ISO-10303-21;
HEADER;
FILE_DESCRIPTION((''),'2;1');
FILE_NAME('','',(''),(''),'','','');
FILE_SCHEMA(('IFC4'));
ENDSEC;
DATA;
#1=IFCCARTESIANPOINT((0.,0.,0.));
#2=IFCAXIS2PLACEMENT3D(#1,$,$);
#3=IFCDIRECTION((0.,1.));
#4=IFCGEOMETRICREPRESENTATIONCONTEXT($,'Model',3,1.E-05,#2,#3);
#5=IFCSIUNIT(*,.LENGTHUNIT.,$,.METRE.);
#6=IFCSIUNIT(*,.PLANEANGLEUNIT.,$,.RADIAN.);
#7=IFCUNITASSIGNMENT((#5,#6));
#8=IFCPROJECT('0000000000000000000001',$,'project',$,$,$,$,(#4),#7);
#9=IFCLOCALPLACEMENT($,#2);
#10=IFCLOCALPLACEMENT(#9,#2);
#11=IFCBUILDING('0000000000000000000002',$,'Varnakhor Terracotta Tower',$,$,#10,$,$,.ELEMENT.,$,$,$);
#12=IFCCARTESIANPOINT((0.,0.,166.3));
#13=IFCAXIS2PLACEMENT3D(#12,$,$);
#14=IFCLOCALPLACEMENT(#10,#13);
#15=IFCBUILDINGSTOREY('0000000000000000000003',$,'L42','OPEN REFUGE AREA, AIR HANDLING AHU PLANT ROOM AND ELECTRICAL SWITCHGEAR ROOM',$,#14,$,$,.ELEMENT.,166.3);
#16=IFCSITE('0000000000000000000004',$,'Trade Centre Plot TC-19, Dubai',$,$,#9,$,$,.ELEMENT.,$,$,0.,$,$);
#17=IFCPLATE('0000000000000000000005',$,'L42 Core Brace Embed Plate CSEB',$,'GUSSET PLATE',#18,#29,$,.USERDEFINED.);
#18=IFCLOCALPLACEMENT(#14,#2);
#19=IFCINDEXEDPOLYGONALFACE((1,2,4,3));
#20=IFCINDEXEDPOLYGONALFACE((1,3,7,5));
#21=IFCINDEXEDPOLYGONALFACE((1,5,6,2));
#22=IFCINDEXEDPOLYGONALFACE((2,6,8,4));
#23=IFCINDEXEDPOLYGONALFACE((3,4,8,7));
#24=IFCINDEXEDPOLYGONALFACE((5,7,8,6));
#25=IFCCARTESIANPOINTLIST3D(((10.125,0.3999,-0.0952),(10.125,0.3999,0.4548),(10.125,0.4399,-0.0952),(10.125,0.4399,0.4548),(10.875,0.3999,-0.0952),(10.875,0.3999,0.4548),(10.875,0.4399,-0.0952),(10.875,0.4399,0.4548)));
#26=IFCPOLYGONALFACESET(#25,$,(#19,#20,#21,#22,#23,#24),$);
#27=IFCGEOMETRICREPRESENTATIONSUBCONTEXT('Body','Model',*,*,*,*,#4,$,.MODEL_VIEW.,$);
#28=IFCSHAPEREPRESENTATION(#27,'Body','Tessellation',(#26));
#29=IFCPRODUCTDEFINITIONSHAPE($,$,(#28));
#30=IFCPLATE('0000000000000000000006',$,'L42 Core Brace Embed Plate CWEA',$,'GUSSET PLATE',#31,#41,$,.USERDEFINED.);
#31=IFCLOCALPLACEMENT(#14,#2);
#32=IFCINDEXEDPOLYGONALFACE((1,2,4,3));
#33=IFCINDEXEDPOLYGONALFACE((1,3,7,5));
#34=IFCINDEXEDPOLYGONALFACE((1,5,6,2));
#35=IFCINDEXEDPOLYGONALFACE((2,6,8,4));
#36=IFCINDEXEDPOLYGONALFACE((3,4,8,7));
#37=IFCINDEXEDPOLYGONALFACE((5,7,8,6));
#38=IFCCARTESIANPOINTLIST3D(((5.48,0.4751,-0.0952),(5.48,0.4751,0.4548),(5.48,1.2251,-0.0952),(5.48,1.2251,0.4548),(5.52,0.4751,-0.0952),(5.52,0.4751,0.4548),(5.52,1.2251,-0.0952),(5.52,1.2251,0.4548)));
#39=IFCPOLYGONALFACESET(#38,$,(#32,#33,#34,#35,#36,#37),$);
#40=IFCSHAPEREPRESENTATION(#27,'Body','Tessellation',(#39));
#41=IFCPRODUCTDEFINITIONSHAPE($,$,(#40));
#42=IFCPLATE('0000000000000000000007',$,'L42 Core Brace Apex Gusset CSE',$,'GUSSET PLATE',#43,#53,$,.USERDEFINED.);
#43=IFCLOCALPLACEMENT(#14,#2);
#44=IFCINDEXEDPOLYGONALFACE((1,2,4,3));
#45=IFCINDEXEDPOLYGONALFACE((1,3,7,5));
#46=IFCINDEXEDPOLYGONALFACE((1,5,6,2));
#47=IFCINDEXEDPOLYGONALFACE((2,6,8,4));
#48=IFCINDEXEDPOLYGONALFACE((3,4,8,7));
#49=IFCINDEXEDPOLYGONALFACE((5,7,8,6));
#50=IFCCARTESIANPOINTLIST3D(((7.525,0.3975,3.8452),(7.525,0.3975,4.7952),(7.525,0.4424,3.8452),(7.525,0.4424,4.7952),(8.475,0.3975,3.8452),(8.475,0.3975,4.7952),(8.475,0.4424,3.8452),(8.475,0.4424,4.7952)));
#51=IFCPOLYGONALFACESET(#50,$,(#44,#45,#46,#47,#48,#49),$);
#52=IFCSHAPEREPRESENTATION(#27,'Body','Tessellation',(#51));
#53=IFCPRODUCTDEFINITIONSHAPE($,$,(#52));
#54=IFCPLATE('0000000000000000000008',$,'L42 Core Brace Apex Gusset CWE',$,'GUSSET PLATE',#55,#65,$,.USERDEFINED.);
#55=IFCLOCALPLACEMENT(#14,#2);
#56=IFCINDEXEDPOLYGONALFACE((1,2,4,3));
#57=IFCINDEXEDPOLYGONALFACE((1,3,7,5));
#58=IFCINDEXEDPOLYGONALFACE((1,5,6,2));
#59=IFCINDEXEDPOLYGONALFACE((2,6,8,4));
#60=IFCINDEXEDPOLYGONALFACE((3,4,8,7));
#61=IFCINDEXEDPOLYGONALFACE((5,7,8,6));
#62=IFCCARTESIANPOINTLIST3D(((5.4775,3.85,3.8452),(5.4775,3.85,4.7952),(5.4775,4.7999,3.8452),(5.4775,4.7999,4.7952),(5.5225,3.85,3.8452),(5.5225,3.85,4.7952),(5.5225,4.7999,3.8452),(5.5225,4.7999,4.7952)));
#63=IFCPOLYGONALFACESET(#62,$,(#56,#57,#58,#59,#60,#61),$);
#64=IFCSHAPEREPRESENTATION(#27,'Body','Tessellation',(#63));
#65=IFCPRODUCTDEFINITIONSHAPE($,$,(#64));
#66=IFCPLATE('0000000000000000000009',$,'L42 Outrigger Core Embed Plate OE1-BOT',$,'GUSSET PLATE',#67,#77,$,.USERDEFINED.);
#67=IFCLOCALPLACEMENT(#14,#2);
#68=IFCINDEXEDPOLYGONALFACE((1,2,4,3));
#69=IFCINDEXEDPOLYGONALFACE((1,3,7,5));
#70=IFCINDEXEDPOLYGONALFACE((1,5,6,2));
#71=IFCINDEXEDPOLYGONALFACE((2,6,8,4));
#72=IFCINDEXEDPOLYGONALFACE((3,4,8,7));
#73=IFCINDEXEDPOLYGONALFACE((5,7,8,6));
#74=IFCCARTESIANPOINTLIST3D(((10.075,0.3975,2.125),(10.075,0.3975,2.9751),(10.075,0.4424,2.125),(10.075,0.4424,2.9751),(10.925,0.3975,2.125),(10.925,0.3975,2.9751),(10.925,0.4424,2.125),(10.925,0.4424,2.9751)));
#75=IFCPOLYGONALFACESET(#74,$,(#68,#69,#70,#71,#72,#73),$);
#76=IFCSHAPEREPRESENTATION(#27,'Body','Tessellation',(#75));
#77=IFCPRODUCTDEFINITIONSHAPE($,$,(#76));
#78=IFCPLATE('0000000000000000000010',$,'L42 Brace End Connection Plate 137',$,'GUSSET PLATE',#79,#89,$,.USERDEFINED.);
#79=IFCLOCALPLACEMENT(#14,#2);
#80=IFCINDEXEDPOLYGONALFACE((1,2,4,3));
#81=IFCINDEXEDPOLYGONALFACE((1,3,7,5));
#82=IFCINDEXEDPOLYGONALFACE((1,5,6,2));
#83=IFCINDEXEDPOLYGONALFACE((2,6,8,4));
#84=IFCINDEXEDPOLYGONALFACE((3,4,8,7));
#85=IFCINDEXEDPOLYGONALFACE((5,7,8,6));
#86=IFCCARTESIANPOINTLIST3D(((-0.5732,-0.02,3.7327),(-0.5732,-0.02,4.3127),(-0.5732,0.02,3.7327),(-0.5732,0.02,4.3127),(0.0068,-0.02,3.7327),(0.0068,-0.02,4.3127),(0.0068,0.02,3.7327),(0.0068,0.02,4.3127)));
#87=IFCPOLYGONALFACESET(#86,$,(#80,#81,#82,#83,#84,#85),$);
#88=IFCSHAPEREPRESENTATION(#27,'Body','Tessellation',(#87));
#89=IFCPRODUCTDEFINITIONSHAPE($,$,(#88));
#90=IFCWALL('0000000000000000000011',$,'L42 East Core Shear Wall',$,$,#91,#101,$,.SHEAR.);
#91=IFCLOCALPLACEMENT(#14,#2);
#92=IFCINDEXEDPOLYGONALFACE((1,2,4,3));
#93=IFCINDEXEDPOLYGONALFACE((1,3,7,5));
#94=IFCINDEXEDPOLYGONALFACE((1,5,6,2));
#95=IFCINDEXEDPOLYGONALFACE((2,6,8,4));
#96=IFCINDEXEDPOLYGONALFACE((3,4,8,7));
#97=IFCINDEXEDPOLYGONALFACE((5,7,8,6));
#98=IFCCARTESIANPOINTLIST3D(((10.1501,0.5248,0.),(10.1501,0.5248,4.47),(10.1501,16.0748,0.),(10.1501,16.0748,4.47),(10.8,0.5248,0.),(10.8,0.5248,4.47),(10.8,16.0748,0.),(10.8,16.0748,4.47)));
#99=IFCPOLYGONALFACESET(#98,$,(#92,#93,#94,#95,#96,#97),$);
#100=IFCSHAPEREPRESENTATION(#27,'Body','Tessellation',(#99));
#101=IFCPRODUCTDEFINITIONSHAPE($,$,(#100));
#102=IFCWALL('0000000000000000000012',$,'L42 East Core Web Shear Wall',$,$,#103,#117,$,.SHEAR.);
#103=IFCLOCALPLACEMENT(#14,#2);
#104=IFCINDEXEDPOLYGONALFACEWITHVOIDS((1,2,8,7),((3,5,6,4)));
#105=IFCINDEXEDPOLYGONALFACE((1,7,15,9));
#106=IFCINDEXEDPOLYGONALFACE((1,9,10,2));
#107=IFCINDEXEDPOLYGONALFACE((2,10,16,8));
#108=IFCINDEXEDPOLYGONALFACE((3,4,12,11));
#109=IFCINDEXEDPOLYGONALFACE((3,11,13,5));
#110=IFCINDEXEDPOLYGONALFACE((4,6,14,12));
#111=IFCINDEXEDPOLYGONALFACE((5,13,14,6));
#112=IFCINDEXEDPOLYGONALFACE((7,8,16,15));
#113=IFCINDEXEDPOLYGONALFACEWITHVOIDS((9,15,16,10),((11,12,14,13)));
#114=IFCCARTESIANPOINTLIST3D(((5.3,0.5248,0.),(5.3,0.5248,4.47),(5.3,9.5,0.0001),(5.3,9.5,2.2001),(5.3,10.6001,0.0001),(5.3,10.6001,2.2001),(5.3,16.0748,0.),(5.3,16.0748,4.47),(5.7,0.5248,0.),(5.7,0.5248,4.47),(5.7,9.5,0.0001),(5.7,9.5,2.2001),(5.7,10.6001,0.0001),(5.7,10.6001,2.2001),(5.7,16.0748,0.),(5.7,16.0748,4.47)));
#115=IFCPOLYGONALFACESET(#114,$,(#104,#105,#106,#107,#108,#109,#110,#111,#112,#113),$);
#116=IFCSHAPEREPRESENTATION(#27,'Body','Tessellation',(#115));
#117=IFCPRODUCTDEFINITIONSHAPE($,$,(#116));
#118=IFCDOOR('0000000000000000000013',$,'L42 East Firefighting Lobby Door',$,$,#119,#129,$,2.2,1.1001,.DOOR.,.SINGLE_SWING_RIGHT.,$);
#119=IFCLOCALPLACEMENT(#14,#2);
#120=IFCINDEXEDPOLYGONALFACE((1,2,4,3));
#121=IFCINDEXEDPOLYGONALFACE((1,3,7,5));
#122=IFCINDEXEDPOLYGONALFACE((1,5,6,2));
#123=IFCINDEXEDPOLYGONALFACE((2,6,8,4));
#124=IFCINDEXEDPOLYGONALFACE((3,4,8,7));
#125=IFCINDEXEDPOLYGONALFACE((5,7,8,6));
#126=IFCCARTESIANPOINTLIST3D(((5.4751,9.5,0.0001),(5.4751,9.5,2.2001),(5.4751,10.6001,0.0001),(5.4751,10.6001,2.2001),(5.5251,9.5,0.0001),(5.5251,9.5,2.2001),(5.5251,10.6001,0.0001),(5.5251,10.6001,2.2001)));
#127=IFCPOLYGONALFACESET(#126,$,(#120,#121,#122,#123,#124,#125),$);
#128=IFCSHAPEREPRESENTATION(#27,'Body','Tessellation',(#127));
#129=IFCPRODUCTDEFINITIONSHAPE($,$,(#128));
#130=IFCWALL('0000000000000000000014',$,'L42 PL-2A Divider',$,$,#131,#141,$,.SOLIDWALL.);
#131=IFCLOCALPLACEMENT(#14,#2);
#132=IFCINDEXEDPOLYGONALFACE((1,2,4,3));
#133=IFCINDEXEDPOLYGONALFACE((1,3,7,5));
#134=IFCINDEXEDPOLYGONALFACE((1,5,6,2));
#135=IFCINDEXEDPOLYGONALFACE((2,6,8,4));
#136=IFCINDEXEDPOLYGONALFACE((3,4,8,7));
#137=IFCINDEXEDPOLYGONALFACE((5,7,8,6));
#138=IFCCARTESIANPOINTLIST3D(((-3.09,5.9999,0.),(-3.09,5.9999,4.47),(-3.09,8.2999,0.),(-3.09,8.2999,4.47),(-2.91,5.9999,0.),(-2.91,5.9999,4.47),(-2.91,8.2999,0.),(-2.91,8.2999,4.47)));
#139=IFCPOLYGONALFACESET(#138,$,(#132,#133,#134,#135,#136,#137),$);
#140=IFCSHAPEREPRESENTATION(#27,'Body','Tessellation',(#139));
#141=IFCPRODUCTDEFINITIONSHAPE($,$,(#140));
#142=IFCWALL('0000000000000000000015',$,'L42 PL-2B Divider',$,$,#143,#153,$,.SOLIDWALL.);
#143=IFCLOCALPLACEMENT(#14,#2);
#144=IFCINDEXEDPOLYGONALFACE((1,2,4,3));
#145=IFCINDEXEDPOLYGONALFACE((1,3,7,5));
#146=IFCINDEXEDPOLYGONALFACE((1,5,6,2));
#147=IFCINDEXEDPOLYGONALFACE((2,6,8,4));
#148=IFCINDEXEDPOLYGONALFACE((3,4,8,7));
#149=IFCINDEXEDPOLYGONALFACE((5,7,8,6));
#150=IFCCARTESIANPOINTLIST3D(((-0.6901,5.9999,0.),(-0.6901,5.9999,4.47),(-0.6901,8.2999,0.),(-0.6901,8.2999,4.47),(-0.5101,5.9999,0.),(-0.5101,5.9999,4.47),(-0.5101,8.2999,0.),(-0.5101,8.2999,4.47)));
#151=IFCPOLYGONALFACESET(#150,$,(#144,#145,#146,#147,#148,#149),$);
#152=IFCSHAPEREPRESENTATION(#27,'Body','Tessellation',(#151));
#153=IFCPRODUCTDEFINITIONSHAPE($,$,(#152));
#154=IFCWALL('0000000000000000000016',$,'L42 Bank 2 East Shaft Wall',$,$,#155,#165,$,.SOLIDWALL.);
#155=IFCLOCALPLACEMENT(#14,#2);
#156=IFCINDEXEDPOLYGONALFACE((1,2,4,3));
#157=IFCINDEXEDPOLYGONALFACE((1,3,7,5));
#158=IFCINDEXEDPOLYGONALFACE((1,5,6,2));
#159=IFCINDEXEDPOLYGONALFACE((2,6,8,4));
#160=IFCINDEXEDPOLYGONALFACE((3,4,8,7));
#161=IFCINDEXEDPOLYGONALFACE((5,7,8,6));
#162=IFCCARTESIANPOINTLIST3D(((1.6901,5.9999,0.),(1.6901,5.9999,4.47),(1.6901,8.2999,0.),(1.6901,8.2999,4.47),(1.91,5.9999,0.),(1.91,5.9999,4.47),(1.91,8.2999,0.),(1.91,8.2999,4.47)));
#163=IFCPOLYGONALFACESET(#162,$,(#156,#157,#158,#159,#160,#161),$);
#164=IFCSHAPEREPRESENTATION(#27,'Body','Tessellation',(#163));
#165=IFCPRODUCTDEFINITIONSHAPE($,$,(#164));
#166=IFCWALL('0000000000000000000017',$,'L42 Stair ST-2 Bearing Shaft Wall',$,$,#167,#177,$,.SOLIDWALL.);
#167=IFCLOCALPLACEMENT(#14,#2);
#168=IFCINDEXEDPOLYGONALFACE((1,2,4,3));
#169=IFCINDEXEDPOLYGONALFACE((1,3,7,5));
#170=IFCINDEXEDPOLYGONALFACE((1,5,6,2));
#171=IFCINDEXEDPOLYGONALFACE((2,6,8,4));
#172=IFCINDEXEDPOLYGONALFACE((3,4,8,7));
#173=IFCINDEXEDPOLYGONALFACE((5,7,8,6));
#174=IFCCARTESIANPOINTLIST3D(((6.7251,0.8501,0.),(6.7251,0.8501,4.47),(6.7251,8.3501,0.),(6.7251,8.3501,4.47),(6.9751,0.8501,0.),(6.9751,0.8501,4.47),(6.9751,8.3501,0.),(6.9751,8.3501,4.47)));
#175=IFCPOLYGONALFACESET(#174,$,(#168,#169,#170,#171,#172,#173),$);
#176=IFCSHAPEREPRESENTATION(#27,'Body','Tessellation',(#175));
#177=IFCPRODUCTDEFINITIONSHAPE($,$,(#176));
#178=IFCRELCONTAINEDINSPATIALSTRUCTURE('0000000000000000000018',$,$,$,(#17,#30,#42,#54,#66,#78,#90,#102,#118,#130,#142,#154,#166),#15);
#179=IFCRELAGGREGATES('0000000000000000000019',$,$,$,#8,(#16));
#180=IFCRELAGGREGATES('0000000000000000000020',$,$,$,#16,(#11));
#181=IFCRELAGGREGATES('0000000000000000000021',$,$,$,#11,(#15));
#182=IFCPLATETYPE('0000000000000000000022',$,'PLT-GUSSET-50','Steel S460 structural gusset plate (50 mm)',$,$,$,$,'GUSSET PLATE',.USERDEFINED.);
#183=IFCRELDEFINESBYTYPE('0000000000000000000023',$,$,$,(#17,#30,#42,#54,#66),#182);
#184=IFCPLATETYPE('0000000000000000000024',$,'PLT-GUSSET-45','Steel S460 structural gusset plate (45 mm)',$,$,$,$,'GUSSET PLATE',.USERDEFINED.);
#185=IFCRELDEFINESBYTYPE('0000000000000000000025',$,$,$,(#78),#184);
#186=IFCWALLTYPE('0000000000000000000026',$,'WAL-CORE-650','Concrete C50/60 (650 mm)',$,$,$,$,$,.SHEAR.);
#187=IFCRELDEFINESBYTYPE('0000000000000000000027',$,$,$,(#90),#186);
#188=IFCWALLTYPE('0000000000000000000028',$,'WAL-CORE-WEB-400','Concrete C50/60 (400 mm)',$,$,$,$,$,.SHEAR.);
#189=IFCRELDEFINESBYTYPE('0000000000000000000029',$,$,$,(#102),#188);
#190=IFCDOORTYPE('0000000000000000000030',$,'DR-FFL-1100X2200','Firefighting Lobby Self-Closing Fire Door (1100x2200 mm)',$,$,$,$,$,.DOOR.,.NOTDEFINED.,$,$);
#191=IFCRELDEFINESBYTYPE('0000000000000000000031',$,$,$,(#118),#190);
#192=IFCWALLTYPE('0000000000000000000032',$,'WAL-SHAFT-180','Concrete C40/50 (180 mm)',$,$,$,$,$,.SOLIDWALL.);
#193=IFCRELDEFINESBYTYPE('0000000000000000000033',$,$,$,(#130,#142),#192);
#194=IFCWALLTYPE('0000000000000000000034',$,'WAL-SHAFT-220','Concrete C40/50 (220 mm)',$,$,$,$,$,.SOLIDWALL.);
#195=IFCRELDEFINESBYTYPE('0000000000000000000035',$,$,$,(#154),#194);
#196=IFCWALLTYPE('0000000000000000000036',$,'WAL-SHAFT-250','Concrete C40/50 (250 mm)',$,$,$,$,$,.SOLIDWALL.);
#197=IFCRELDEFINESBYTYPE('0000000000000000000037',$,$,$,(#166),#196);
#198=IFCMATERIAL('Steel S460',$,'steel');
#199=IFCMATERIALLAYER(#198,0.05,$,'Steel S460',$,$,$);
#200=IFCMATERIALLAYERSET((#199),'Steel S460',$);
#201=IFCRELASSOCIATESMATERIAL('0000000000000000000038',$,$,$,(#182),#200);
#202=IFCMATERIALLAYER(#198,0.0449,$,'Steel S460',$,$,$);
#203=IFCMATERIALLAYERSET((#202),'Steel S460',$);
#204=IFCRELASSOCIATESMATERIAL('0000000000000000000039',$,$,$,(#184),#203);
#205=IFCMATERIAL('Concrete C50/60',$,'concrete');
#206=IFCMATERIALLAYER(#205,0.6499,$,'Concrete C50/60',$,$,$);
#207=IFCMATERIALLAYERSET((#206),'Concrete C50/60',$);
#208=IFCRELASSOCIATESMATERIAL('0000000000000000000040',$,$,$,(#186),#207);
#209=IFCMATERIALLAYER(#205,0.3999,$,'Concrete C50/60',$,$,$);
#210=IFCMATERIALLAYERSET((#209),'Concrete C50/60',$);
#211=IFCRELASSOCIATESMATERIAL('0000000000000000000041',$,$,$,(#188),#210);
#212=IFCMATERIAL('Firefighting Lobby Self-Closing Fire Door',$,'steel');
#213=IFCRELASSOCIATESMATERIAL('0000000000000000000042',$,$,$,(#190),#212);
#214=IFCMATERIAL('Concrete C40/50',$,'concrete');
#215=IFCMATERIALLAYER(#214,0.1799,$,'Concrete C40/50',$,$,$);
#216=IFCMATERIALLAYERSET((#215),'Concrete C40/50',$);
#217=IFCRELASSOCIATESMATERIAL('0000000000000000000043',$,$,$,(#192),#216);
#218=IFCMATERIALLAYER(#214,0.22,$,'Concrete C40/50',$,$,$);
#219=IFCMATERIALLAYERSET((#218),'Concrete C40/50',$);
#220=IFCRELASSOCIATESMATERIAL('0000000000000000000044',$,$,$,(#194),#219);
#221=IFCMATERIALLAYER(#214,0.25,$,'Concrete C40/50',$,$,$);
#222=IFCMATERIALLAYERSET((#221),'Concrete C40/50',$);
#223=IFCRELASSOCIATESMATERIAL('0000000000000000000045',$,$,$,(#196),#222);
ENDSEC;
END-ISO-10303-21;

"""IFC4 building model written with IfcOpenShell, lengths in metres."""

from ifc_helpers import new_model, si_unit, direction, frame, frame_2d, origin, origin_2d, place, context, subcontext, project, spatial, rectangle, extrude, source, transform, mapped, material, layer, layer_set, type_object, type_shapes, element, fill, save


model = new_model("IFC4")

# Units and contexts
model_context = context("Model", 3, precision=1e-05, world=origin(), true_north=direction((0.0, 1.0)))
body_context = subcontext(model_context, "Body", "Model", "MODEL_VIEW")
ifc_project = project(units=[si_unit("LENGTHUNIT", "METRE"), si_unit("PLANEANGLEUNIT", "RADIAN")], contexts=[model_context])

# Site, building, storey
site_placement = place(None, origin())
site = spatial("IfcSite", under=ifc_project, at=site_placement, Name="Trade Centre Plot TC-19, Dubai", CompositionType="ELEMENT", RefElevation=0.0)
building_placement = place(site_placement, origin())
building = spatial("IfcBuilding", under=site, at=building_placement, Name="Varnakhor Terracotta Tower", CompositionType="ELEMENT")
storey_placement = place(building_placement, frame((0.0, 0.0, 166.3)))
storey = spatial("IfcBuildingStorey", under=building, at=storey_placement, Name="L42", Description="OPEN REFUGE AREA, AIR HANDLING AHU PLANT ROOM AND ELECTRICAL SWITCHGEAR ROOM", CompositionType="ELEMENT", Elevation=166.3)

# Shared definitions
ifc_material_1 = material(Name="Concrete C50/60", Category="concrete")

# Shared definitions
ifc_material_2 = material(Name="Steel S460", Category="steel")

# Shared definitions
ifc_material_3 = material(Name="Concrete C40/50", Category="concrete")

# Plates
ifc_layer_1 = layer(ifc_material_2, 0.05, Name="Steel S460")
ifc_layer_set_1 = layer_set([ifc_layer_1], Name="Steel S460")
plate_type_1 = type_object("IfcPlateType", Name="PLT-GUSSET-50", Description="Steel S460 structural gusset plate (50 mm)", ElementType="GUSSET PLATE", PredefinedType="USERDEFINED", material=ifc_layer_set_1)
shared_shape_1 = source(origin(), body_context, "Body", "SweptSolid", [
    extrude(rectangle(XDim=0.75, YDim=0.04, at=origin_2d()), origin(), (0.0, 0.0, 1.0), 0.55),
])
type_shapes(plate_type_1, [shared_shape_1])
for number, where, z_axis, x_axis, name in (
    (1, (10.5, 0.4199, -0.0952), (0.0, 0.0, 1.0), (1.0, 0.0, 0.0), "L42 Core Brace Embed Plate CSEB"),
    (2, (5.5, 0.8501, -0.0952), (0.0, 0.0, 1.0), (0.0, 1.0, 0.0), "L42 Core Brace Embed Plate CWEA"),
):
    element("IfcPlate", number, at=place(storey_placement, frame(where, z_axis=z_axis, x_axis=x_axis)), inside=storey, type_object=plate_type_1, Name=name, ObjectType="GUSSET PLATE", PredefinedType="USERDEFINED", context=body_context, shape_type="MappedRepresentation", body=[
        mapped(shared_shape_1, transform((0.0, 0.0, 0.0), scale=1.0)),
    ])
shared_shape_2 = source(origin(), body_context, "Body", "SweptSolid", [
    extrude(rectangle(XDim=0.95, YDim=0.0449, at=origin_2d()), origin(), (0.0, 0.0, 1.0), 0.95),
])
for number, where, z_axis, x_axis, name in (
    (3, (8.0, 0.4199, 3.8452), (0.0, 0.0, 1.0), (1.0, 0.0, 0.0), "L42 Core Brace Apex Gusset CSE"),
    (4, (5.5, 4.325, 3.8452), (0.0, 0.0, 1.0), (0.0, 1.0, 0.0), "L42 Core Brace Apex Gusset CWE"),
):
    element("IfcPlate", number, at=place(storey_placement, frame(where, z_axis=z_axis, x_axis=x_axis)), inside=storey, type_object=plate_type_1, Name=name, ObjectType="GUSSET PLATE", PredefinedType="USERDEFINED", context=body_context, shape_type="MappedRepresentation", body=[
        mapped(shared_shape_2, transform((0.0, 0.0, 0.0), scale=1.0)),
    ])
shared_shape_3 = source(origin(), body_context, "Body", "SweptSolid", [
    extrude(rectangle(XDim=0.8501, YDim=0.0449, at=origin_2d()), origin(), (0.0, 0.0, 1.0), 0.8501),
])
plate_1_placement = place(storey_placement, frame((10.5, 0.4199, 2.125), z_axis=(0.0, 0.0, 1.0), x_axis=(1.0, 0.0, 0.0)))
element("IfcPlate", 5, at=plate_1_placement, inside=storey, type_object=plate_type_1, Name="L42 Outrigger Core Embed Plate OE1-BOT", ObjectType="GUSSET PLATE", PredefinedType="USERDEFINED", context=body_context, shape_type="MappedRepresentation", body=[
    mapped(shared_shape_3, transform((0.0, 0.0, 0.0), scale=1.0)),
])
ifc_layer_2 = layer(ifc_material_2, 0.0449, Name="Steel S460")
ifc_layer_set_2 = layer_set([ifc_layer_2], Name="Steel S460")
plate_type_2 = type_object("IfcPlateType", Name="PLT-GUSSET-45", Description="Steel S460 structural gusset plate (45 mm)", ElementType="GUSSET PLATE", PredefinedType="USERDEFINED", material=ifc_layer_set_2)
shared_shape_4 = source(origin(), body_context, "Body", "SweptSolid", [
    extrude(rectangle(XDim=0.5801, YDim=0.04, at=origin_2d()), origin(), (0.0, 0.0, 1.0), 0.5801),
])
plate_2_placement = place(storey_placement, frame((-0.2832, 0.0, 3.7327), z_axis=(0.0, 0.0, 1.0), x_axis=(1.0, 0.0, 0.0)))
element("IfcPlate", 6, at=plate_2_placement, inside=storey, type_object=plate_type_2, Name="L42 Brace End Connection Plate 137", ObjectType="GUSSET PLATE", PredefinedType="USERDEFINED", context=body_context, shape_type="MappedRepresentation", body=[
    mapped(shared_shape_4, transform((0.0, 0.0, 0.0), scale=1.0)),
])

# Wall
ifc_layer_3 = layer(ifc_material_1, 0.6499, Name="Concrete C50/60")
ifc_layer_set_3 = layer_set([ifc_layer_3], Name="Concrete C50/60")
wall_type_1 = type_object("IfcWallType", Name="WAL-CORE-650", Description="Concrete C50/60 (650 mm)", PredefinedType="SHEAR", material=ifc_layer_set_3)
wall_1_placement = place(storey_placement, frame((10.4751, 0.5249, 0.0), z_axis=(0.0, 0.0, 1.0), x_axis=(0.0, 1.0, 0.0)))
element("IfcWall", 7, at=wall_1_placement, inside=storey, type_object=wall_type_1, Name="L42 East Core Shear Wall", PredefinedType="SHEAR", context=body_context, shape_type="SweptSolid", body=[
    extrude(rectangle(XDim=15.55, YDim=0.6499, at=frame_2d((7.7749, 0.0))), origin(), (0.0, 0.0, 1.0), 4.47),
])

# Wall, opening, door
ifc_layer_4 = layer(ifc_material_1, 0.3999, Name="Concrete C50/60")
ifc_layer_set_4 = layer_set([ifc_layer_4], Name="Concrete C50/60")
wall_type_2 = type_object("IfcWallType", Name="WAL-CORE-WEB-400", Description="Concrete C50/60 (400 mm)", PredefinedType="SHEAR", material=ifc_layer_set_4)
wall_2_placement = place(storey_placement, frame((5.5, 0.5249, 0.0), z_axis=(0.0, 0.0, 1.0), x_axis=(0.0, 1.0, 0.0)))
wall_2 = element("IfcWall", 8, at=wall_2_placement, inside=storey, type_object=wall_type_2, Name="L42 East Core Web Shear Wall", PredefinedType="SHEAR", context=body_context, shape_type="SweptSolid", body=[
    extrude(rectangle(XDim=15.55, YDim=0.3999, at=frame_2d((7.7749, 0.0))), origin(), (0.0, 0.0, 1.0), 4.47),
])
opening_1_placement = place(wall_2_placement, frame((8.9751, 0.0, 0.0)))
opening_1 = element("IfcOpeningElement", 9, at=opening_1_placement, cuts=wall_2, PredefinedType="OPENING", context=body_context, shape_type="SweptSolid", body=[
    extrude(rectangle(XDim=1.1001, YDim=2.2, at=frame_2d((0.55, 1.1001))), frame((0.0, 0.21, 0.0), z_axis=(0.0, -1.0, 0.0), x_axis=(1.0, 0.0, 0.0)), (0.0, 0.0, 1.0), 0.4199),
])
ifc_material_4 = material(Name="Firefighting Lobby Self-Closing Fire Door", Category="steel")
door_type_1 = type_object("IfcDoorType", Name="DR-FFL-1100X2200", Description="Firefighting Lobby Self-Closing Fire Door (1100x2200 mm)", OperationType="NOTDEFINED", PredefinedType="DOOR", material=ifc_material_4)
shared_shape_5 = source(origin(), body_context, "Body", "SweptSolid", [
    extrude(rectangle(XDim=1.1001, YDim=2.2, at=frame_2d((0.55, 1.1001))), frame((0.0, 0.0249, 0.0), z_axis=(0.0, -1.0, 0.0), x_axis=(1.0, 0.0, 0.0)), (0.0, 0.0, 1.0), 0.05),
])
type_shapes(door_type_1, [shared_shape_5])
door_1_placement = place(opening_1_placement, origin())
door_1 = element("IfcDoor", 10, at=door_1_placement, inside=storey, type_object=door_type_1, Name="L42 East Firefighting Lobby Door", OperationType="SINGLE_SWING_RIGHT", OverallHeight=2.2, OverallWidth=1.1001, PredefinedType="DOOR", context=body_context, shape_type="MappedRepresentation", body=[
    mapped(shared_shape_5, transform((0.0, 0.0, 0.0), scale=1.0)),
])
fill(opening_1, door_1)

# Walls
ifc_layer_5 = layer(ifc_material_3, 0.1799, Name="Concrete C40/50")
ifc_layer_set_5 = layer_set([ifc_layer_5], Name="Concrete C40/50")
wall_type_3 = type_object("IfcWallType", Name="WAL-SHAFT-180", Description="Concrete C40/50 (180 mm)", PredefinedType="SOLIDWALL", material=ifc_layer_set_5)
for number, where, z_axis, x_axis, name in (
    (11, (-3.0, 6.0, 0.0), (0.0, 0.0, 1.0), (0.0, 1.0, 0.0), "L42 PL-2A Divider"),
    (12, (-0.6001, 6.0, 0.0), (0.0, 0.0, 1.0), (0.0, 1.0, 0.0), "L42 PL-2B Divider"),
):
    element("IfcWall", number, at=place(storey_placement, frame(where, z_axis=z_axis, x_axis=x_axis)), inside=storey, type_object=wall_type_3, Name=name, PredefinedType="SOLIDWALL", context=body_context, shape_type="SweptSolid", body=[
        extrude(rectangle(XDim=2.3, YDim=0.1799, at=frame_2d((1.1499, 0.0))), origin(), (0.0, 0.0, 1.0), 4.47),
    ])
ifc_layer_6 = layer(ifc_material_3, 0.22, Name="Concrete C40/50")
ifc_layer_set_6 = layer_set([ifc_layer_6], Name="Concrete C40/50")
wall_type_4 = type_object("IfcWallType", Name="WAL-SHAFT-220", Description="Concrete C40/50 (220 mm)", PredefinedType="SOLIDWALL", material=ifc_layer_set_6)
wall_3_placement = place(storey_placement, frame((1.8, 6.0, 0.0), z_axis=(0.0, 0.0, 1.0), x_axis=(0.0, 1.0, 0.0)))
element("IfcWall", 13, at=wall_3_placement, inside=storey, type_object=wall_type_4, Name="L42 Bank 2 East Shaft Wall", PredefinedType="SOLIDWALL", context=body_context, shape_type="SweptSolid", body=[
    extrude(rectangle(XDim=2.3, YDim=0.22, at=frame_2d((1.1499, 0.0))), origin(), (0.0, 0.0, 1.0), 4.47),
])
ifc_layer_7 = layer(ifc_material_3, 0.25, Name="Concrete C40/50")
ifc_layer_set_7 = layer_set([ifc_layer_7], Name="Concrete C40/50")
wall_type_5 = type_object("IfcWallType", Name="WAL-SHAFT-250", Description="Concrete C40/50 (250 mm)", PredefinedType="SOLIDWALL", material=ifc_layer_set_7)
wall_4_placement = place(storey_placement, frame((6.8501, 0.8501, 0.0), z_axis=(0.0, 0.0, 1.0), x_axis=(0.0, 1.0, 0.0)))
element("IfcWall", 14, at=wall_4_placement, inside=storey, type_object=wall_type_5, Name="L42 Stair ST-2 Bearing Shaft Wall", PredefinedType="SOLIDWALL", context=body_context, shape_type="SweptSolid", body=[
    extrude(rectangle(XDim=7.5, YDim=0.25, at=frame_2d((3.75, 0.0))), origin(), (0.0, 0.0, 1.0), 4.47),
])

save(model, "model.ifc")
